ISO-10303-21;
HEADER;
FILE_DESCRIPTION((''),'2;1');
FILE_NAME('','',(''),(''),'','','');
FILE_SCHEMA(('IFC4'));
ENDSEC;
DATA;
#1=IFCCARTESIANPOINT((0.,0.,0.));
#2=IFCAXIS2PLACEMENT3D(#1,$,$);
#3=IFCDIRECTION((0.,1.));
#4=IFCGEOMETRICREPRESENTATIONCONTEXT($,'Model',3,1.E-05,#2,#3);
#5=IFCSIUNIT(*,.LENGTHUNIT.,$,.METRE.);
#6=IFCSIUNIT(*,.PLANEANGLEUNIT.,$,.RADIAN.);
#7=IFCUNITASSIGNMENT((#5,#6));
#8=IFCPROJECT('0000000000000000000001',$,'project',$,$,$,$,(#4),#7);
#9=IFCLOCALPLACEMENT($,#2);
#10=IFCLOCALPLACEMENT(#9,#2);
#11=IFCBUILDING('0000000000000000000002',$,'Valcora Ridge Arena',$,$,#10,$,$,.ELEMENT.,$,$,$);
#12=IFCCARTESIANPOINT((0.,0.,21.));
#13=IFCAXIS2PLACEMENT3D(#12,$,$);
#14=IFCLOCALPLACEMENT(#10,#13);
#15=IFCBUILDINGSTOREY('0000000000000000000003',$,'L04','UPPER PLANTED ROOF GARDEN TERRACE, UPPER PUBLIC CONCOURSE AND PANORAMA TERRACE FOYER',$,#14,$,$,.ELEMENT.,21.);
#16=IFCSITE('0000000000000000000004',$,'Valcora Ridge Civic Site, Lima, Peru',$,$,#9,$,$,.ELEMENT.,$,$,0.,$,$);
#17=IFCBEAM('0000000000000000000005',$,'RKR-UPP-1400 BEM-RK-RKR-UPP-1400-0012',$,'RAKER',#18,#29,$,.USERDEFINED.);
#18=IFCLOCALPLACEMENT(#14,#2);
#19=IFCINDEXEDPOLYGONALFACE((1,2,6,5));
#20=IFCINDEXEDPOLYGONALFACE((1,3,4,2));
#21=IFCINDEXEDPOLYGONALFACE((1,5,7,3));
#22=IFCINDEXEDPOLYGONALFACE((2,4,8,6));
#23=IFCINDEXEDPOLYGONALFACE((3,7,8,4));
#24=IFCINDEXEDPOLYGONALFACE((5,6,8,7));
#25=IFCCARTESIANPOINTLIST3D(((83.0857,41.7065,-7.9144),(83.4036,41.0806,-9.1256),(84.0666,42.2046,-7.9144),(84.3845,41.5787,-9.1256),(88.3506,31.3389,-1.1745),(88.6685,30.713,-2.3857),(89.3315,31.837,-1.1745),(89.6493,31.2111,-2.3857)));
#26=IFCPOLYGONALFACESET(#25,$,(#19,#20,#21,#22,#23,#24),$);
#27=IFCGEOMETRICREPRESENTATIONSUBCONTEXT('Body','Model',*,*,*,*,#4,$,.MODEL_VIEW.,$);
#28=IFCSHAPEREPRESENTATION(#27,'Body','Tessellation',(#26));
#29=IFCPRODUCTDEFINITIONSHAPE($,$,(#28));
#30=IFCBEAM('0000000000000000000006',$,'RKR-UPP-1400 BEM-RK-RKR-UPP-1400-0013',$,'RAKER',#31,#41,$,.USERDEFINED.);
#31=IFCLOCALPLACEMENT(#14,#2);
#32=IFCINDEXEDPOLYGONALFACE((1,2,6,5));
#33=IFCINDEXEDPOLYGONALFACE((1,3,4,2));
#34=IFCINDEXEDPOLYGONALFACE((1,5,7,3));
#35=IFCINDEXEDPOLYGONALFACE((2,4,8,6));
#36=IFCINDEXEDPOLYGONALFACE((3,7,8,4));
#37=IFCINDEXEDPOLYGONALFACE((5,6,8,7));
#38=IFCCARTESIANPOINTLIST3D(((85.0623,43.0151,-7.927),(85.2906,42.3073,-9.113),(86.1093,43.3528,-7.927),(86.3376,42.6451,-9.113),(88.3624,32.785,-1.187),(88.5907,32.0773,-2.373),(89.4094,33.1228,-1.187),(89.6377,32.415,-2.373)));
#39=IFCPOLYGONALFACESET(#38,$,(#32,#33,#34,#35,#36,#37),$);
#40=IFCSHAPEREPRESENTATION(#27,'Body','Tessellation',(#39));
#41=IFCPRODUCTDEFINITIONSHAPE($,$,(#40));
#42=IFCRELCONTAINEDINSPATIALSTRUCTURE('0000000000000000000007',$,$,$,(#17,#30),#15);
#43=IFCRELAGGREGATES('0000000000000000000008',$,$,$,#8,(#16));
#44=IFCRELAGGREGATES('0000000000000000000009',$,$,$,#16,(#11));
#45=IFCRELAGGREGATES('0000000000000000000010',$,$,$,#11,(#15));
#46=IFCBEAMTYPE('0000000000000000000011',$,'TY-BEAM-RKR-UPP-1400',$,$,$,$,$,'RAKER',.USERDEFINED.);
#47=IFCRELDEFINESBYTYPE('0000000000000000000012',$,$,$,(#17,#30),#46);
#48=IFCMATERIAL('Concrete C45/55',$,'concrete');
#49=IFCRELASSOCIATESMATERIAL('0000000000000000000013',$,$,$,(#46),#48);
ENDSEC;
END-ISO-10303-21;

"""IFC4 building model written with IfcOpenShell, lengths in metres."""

from ifc_helpers import new_model, si_unit, direction, frame, origin, origin_2d, place, context, subcontext, project, spatial, rectangle, extrude, material, material_profile, profile_set, type_object, element, save


model = new_model("IFC4")

# Units and contexts
model_context = context("Model", 3, precision=1e-05, world=origin(), true_north=direction((0.0, 1.0)))
body_context = subcontext(model_context, "Body", "Model", "MODEL_VIEW")
ifc_project = project(units=[si_unit("LENGTHUNIT", "METRE"), si_unit("PLANEANGLEUNIT", "RADIAN")], contexts=[model_context])

# Site, building, storey
site_placement = place(None, origin())
site = spatial("IfcSite", under=ifc_project, at=site_placement, Name="Valcora Ridge Civic Site, Lima, Peru", CompositionType="ELEMENT", RefElevation=0.0)
building_placement = place(site_placement, origin())
building = spatial("IfcBuilding", under=site, at=building_placement, Name="Valcora Ridge Arena", CompositionType="ELEMENT")
storey_placement = place(building_placement, frame((0.0, 0.0, 21.0)))
storey = spatial("IfcBuildingStorey", under=building, at=storey_placement, Name="L04", Description="UPPER PLANTED ROOF GARDEN TERRACE, UPPER PUBLIC CONCOURSE AND PANORAMA TERRACE FOYER", CompositionType="ELEMENT", Elevation=21.0)

# Beams
ifc_material_1 = material(Name="Concrete C45/55", Category="concrete")
ifc_material_profile_1 = material_profile(ifc_material_1, rectangle(XDim=1.1001, YDim=1.3999, at=origin_2d()), Name="RC 1100x1400")
ifc_profile_set_1 = profile_set([ifc_material_profile_1], Name="Concrete C45/55")
beam_type_1 = type_object("IfcBeamType", Name="TY-BEAM-RKR-UPP-1400", ElementType="RAKER", PredefinedType="USERDEFINED", material=ifc_profile_set_1)
beam_1_placement = place(storey_placement, frame((83.7351, 41.6426, -8.52), z_axis=(0.391731, -0.771401, 0.501485), x_axis=(0.891622, 0.452781, 0.0)))
element("IfcBeam", 1, at=beam_1_placement, inside=storey, type_object=beam_type_1, Name="RKR-UPP-1400 BEM-RK-RKR-UPP-1400-0012", ObjectType="RAKER", PredefinedType="USERDEFINED", context=body_context, shape_type="SweptSolid", body=[
    extrude(rectangle(XDim=1.1001, YDim=1.3999, at=origin_2d()), origin(), (0.0, 0.0, 1.0), 13.4399),
])
beam_2_placement = place(storey_placement, frame((85.7, 42.8301, -8.52), z_axis=(0.260104, -0.80631, 0.531235), x_axis=(0.951707, 0.307007, 0.0)))
element("IfcBeam", 2, at=beam_2_placement, inside=storey, type_object=beam_type_1, Name="RKR-UPP-1400 BEM-RK-RKR-UPP-1400-0013", ObjectType="RAKER", PredefinedType="USERDEFINED", context=body_context, shape_type="SweptSolid", body=[
    extrude(rectangle(XDim=1.1001, YDim=1.3999, at=origin_2d()), origin(), (0.0, 0.0, 1.0), 12.6875),
])

save(model, "model.ifc")
